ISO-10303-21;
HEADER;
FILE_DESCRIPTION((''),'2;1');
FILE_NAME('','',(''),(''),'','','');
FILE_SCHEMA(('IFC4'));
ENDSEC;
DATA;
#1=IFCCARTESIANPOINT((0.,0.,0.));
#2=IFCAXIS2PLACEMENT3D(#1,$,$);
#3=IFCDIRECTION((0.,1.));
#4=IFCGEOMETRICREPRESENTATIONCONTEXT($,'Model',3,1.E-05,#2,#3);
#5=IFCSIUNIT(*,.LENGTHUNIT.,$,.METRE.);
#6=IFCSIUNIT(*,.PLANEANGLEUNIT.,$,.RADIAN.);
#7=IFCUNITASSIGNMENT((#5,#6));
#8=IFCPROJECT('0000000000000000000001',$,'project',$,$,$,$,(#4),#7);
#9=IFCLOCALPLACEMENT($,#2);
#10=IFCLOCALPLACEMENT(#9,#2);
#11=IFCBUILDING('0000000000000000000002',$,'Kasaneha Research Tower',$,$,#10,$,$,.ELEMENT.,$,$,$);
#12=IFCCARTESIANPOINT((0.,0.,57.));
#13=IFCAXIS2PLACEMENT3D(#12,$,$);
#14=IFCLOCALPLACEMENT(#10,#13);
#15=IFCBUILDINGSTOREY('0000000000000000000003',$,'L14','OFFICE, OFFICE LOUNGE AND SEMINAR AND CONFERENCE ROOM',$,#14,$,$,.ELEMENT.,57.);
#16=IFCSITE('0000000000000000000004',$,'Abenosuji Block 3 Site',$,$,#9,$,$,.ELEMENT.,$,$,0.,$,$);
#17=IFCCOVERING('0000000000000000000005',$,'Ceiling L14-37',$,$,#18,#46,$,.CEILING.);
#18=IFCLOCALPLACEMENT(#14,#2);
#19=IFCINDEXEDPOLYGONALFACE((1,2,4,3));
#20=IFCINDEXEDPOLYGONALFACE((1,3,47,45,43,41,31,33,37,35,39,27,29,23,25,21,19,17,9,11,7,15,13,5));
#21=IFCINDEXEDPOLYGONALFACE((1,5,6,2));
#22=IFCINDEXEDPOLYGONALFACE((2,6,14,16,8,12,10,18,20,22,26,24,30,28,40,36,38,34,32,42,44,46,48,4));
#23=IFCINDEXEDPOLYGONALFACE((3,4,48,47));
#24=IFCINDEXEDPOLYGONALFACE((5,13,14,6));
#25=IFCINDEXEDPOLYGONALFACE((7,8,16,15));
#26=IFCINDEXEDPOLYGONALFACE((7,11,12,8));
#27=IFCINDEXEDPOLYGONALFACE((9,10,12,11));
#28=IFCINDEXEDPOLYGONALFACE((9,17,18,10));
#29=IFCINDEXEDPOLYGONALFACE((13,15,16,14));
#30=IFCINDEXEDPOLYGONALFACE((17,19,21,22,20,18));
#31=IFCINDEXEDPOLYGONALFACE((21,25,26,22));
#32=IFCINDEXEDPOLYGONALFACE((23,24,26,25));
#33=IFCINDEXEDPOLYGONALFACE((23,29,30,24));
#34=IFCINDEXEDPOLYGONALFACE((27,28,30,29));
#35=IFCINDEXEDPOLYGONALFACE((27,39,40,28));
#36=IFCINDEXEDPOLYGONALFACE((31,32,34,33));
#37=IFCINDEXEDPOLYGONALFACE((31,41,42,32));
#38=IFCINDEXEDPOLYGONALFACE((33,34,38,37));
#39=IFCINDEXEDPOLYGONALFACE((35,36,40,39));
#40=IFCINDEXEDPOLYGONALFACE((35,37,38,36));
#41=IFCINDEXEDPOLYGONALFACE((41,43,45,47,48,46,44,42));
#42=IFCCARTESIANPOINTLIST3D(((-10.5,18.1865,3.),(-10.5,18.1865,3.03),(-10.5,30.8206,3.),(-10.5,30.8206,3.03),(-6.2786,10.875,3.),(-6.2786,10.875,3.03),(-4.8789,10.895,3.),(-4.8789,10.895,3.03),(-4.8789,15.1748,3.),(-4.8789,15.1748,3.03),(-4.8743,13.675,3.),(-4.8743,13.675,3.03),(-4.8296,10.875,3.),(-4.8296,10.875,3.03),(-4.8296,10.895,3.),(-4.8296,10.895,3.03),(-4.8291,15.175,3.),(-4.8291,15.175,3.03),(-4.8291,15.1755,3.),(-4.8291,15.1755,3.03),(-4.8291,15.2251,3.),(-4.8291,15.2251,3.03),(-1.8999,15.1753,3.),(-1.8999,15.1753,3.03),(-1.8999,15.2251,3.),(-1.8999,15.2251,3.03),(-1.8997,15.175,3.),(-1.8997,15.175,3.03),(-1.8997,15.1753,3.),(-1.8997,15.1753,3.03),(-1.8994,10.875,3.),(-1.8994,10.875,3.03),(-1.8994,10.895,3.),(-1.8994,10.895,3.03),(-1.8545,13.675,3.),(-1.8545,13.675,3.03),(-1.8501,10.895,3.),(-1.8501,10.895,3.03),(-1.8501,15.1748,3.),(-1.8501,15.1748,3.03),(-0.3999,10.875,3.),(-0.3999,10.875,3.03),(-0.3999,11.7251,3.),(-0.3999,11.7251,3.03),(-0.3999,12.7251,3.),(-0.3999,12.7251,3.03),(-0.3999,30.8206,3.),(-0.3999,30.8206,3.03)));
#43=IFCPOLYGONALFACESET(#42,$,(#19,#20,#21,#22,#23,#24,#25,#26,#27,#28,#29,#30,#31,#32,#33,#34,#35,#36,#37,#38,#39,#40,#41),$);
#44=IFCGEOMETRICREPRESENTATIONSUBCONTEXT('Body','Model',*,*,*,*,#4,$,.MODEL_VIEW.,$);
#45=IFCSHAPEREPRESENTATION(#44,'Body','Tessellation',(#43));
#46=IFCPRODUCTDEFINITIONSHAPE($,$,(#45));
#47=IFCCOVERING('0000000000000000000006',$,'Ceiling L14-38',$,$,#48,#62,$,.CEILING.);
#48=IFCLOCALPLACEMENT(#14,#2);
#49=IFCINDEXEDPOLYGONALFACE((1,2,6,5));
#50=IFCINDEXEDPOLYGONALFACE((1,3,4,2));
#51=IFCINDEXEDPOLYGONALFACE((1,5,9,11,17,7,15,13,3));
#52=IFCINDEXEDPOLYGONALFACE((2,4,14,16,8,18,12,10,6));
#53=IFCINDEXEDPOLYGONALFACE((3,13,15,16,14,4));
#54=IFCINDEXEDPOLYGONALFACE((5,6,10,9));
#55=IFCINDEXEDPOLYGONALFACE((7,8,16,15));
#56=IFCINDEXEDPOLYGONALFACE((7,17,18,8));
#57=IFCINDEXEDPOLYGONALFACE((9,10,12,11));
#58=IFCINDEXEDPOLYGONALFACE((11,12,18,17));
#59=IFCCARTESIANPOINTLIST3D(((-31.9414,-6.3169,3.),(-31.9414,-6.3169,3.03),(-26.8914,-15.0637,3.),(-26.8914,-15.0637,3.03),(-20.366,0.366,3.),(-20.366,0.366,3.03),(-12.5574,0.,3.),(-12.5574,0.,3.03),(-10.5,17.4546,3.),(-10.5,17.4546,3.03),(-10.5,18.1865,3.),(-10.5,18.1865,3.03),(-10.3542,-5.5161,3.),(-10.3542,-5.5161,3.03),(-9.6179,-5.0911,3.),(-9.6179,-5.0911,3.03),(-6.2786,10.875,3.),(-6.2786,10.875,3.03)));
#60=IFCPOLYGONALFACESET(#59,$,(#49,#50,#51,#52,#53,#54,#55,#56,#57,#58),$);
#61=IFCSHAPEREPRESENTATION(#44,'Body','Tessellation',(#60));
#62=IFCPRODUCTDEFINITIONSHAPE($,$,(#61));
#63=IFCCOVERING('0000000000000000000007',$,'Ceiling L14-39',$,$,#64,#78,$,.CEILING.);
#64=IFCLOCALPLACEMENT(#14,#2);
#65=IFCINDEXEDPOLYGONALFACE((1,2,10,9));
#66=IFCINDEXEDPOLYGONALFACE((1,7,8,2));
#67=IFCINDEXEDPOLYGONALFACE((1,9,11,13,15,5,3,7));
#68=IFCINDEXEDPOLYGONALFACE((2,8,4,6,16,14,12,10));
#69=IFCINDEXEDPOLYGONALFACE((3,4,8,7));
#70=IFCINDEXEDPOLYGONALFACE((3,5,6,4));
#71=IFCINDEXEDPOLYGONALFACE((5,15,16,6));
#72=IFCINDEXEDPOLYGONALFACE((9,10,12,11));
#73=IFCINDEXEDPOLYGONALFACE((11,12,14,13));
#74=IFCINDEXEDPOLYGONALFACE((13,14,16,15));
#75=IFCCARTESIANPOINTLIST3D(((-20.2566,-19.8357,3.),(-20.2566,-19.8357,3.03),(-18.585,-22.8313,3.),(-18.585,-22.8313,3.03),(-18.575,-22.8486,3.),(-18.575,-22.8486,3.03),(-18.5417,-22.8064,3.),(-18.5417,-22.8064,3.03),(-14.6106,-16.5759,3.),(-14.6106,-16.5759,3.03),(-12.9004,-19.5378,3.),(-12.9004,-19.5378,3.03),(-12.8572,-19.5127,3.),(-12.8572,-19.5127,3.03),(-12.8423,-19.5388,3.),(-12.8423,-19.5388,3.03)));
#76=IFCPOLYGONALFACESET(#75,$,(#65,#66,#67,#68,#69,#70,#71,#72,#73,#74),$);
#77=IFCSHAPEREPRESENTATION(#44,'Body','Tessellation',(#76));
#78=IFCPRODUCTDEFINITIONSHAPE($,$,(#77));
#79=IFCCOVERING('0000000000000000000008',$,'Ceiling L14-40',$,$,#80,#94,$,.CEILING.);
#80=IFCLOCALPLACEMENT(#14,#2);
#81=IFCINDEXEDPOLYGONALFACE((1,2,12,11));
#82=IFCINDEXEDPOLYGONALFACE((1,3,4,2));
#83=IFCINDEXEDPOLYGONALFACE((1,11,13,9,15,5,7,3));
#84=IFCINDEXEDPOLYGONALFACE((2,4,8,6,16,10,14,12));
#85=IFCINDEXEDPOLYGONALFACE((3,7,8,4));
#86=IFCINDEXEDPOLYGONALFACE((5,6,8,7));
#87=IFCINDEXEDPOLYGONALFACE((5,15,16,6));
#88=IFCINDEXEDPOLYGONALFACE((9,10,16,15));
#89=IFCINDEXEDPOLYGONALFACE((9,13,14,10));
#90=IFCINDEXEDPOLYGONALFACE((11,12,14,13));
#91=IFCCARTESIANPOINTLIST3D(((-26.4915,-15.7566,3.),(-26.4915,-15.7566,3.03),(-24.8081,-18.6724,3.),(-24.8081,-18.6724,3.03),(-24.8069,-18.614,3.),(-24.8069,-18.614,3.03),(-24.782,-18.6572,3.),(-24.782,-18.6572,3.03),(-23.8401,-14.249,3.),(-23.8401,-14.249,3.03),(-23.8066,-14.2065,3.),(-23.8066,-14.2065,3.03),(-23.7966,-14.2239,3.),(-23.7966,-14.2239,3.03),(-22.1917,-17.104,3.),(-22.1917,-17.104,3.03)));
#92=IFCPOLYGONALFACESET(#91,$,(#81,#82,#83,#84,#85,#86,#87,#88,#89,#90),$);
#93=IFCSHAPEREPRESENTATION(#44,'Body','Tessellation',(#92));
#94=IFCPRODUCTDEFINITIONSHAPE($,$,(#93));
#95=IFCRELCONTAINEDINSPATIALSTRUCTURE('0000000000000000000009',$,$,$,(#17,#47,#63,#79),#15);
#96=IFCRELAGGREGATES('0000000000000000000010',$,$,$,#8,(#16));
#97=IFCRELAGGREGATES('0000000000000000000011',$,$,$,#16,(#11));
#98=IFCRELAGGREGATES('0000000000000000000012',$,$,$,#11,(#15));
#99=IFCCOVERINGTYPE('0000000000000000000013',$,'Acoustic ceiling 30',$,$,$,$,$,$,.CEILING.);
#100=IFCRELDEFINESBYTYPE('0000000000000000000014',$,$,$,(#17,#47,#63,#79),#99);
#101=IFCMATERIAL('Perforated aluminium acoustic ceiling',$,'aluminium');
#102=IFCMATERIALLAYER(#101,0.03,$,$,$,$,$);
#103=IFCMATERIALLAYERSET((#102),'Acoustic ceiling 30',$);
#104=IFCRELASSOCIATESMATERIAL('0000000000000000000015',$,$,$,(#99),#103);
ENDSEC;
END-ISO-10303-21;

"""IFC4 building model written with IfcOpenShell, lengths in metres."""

from ifc_helpers import new_model, si_unit, direction, frame, origin, place, context, subcontext, project, spatial, polyline, outline, extrude, material, layer, layer_set, type_object, element, save


model = new_model("IFC4")

# Units and contexts
model_context = context("Model", 3, precision=1e-05, world=origin(), true_north=direction((0.0, 1.0)))
body_context = subcontext(model_context, "Body", "Model", "MODEL_VIEW")
ifc_project = project(units=[si_unit("LENGTHUNIT", "METRE"), si_unit("PLANEANGLEUNIT", "RADIAN")], contexts=[model_context])

# Site, building, storey
site_placement = place(None, origin())
site = spatial("IfcSite", under=ifc_project, at=site_placement, Name="Abenosuji Block 3 Site", CompositionType="ELEMENT", RefElevation=0.0)
building_placement = place(site_placement, origin())
building = spatial("IfcBuilding", under=site, at=building_placement, Name="Kasaneha Research Tower", CompositionType="ELEMENT")
storey_placement = place(building_placement, frame((0.0, 0.0, 57.0)))
storey = spatial("IfcBuildingStorey", under=building, at=storey_placement, Name="L14", Description="OFFICE, OFFICE LOUNGE AND SEMINAR AND CONFERENCE ROOM", CompositionType="ELEMENT", Elevation=57.0)

# Coverings
ifc_material_1 = material(Name="Perforated aluminium acoustic ceiling", Category="aluminium")
ifc_layer_1 = layer(ifc_material_1, 0.03)
ifc_layer_set_1 = layer_set([ifc_layer_1], Name="Acoustic ceiling 30")
covering_type = type_object("IfcCoveringType", Name="Acoustic ceiling 30", PredefinedType="CEILING", material=ifc_layer_set_1)
covering_1_placement = place(storey_placement, frame((0.0, 0.0, 3.0)))
element("IfcCovering", 1, at=covering_1_placement, inside=storey, type_object=covering_type, Name="Ceiling L14-37", PredefinedType="CEILING", context=body_context, shape_type="SweptSolid", body=[
    extrude(outline(polyline([(-1.8994, 10.875), (-1.8994, 10.895), (-1.8501, 10.895), (-1.8545, 13.675), (-1.8501, 15.1748), (-1.8997, 15.175), (-1.8997, 15.1753), (-1.8999, 15.1753), (-1.8999, 15.2251), (-4.8291, 15.2251), (-4.8291, 15.1755), (-4.8291, 15.1755), (-4.8291, 15.175), (-4.8789, 15.1748), (-4.8743, 13.675), (-4.8789, 10.895), (-4.8296, 10.895), (-4.8296, 10.875), (-6.2786, 10.875), (-10.5, 18.1865), (-10.5, 30.8206), (-0.3999, 30.8206), (-0.3999, 12.7251), (-0.3999, 11.7251), (-0.3999, 10.875), (-1.8994, 10.875)])), origin(), (0.0, 0.0, 1.0), 0.03),
])
covering_2_placement = place(storey_placement, frame((0.0, 0.0, 3.0)))
element("IfcCovering", 2, at=covering_2_placement, inside=storey, type_object=covering_type, Name="Ceiling L14-38", PredefinedType="CEILING", context=body_context, shape_type="SweptSolid", body=[
    extrude(outline(polyline([(-6.2786, 10.875), (-12.5574, 0.0), (-9.6179, -5.0911), (-10.3542, -5.5161), (-10.3542, -5.5161), (-26.8914, -15.0637), (-31.9414, -6.3169), (-20.366, 0.366), (-10.5, 17.4546), (-10.5, 18.1865), (-6.2786, 10.875), (-6.2786, 10.875)])), origin(), (0.0, 0.0, 1.0), 0.03),
])
covering_3_placement = place(storey_placement, frame((0.0, 0.0, 3.0)))
element("IfcCovering", 3, at=covering_3_placement, inside=storey, type_object=covering_type, Name="Ceiling L14-39", PredefinedType="CEILING", context=body_context, shape_type="SweptSolid", body=[
    extrude(outline(polyline([(-18.575, -22.8486), (-18.585, -22.8313), (-18.5417, -22.8064), (-20.2566, -19.8357), (-14.6106, -16.5759), (-12.9004, -19.5378), (-12.8572, -19.5127), (-12.8423, -19.5388), (-18.575, -22.8486)])), origin(), (0.0, 0.0, 1.0), 0.03),
])
covering_4_placement = place(storey_placement, frame((0.0, 0.0, 3.0)))
element("IfcCovering", 4, at=covering_4_placement, inside=storey, type_object=covering_type, Name="Ceiling L14-40", PredefinedType="CEILING", context=body_context, shape_type="SweptSolid", body=[
    extrude(outline(polyline([(-23.8066, -14.2065), (-23.7966, -14.2239), (-23.8401, -14.249), (-22.1917, -17.104), (-24.8069, -18.614), (-24.782, -18.6572), (-24.8081, -18.6724), (-26.4915, -15.7566), (-23.8066, -14.2065)])), origin(), (0.0, 0.0, 1.0), 0.03),
])

save(model, "model.ifc")
